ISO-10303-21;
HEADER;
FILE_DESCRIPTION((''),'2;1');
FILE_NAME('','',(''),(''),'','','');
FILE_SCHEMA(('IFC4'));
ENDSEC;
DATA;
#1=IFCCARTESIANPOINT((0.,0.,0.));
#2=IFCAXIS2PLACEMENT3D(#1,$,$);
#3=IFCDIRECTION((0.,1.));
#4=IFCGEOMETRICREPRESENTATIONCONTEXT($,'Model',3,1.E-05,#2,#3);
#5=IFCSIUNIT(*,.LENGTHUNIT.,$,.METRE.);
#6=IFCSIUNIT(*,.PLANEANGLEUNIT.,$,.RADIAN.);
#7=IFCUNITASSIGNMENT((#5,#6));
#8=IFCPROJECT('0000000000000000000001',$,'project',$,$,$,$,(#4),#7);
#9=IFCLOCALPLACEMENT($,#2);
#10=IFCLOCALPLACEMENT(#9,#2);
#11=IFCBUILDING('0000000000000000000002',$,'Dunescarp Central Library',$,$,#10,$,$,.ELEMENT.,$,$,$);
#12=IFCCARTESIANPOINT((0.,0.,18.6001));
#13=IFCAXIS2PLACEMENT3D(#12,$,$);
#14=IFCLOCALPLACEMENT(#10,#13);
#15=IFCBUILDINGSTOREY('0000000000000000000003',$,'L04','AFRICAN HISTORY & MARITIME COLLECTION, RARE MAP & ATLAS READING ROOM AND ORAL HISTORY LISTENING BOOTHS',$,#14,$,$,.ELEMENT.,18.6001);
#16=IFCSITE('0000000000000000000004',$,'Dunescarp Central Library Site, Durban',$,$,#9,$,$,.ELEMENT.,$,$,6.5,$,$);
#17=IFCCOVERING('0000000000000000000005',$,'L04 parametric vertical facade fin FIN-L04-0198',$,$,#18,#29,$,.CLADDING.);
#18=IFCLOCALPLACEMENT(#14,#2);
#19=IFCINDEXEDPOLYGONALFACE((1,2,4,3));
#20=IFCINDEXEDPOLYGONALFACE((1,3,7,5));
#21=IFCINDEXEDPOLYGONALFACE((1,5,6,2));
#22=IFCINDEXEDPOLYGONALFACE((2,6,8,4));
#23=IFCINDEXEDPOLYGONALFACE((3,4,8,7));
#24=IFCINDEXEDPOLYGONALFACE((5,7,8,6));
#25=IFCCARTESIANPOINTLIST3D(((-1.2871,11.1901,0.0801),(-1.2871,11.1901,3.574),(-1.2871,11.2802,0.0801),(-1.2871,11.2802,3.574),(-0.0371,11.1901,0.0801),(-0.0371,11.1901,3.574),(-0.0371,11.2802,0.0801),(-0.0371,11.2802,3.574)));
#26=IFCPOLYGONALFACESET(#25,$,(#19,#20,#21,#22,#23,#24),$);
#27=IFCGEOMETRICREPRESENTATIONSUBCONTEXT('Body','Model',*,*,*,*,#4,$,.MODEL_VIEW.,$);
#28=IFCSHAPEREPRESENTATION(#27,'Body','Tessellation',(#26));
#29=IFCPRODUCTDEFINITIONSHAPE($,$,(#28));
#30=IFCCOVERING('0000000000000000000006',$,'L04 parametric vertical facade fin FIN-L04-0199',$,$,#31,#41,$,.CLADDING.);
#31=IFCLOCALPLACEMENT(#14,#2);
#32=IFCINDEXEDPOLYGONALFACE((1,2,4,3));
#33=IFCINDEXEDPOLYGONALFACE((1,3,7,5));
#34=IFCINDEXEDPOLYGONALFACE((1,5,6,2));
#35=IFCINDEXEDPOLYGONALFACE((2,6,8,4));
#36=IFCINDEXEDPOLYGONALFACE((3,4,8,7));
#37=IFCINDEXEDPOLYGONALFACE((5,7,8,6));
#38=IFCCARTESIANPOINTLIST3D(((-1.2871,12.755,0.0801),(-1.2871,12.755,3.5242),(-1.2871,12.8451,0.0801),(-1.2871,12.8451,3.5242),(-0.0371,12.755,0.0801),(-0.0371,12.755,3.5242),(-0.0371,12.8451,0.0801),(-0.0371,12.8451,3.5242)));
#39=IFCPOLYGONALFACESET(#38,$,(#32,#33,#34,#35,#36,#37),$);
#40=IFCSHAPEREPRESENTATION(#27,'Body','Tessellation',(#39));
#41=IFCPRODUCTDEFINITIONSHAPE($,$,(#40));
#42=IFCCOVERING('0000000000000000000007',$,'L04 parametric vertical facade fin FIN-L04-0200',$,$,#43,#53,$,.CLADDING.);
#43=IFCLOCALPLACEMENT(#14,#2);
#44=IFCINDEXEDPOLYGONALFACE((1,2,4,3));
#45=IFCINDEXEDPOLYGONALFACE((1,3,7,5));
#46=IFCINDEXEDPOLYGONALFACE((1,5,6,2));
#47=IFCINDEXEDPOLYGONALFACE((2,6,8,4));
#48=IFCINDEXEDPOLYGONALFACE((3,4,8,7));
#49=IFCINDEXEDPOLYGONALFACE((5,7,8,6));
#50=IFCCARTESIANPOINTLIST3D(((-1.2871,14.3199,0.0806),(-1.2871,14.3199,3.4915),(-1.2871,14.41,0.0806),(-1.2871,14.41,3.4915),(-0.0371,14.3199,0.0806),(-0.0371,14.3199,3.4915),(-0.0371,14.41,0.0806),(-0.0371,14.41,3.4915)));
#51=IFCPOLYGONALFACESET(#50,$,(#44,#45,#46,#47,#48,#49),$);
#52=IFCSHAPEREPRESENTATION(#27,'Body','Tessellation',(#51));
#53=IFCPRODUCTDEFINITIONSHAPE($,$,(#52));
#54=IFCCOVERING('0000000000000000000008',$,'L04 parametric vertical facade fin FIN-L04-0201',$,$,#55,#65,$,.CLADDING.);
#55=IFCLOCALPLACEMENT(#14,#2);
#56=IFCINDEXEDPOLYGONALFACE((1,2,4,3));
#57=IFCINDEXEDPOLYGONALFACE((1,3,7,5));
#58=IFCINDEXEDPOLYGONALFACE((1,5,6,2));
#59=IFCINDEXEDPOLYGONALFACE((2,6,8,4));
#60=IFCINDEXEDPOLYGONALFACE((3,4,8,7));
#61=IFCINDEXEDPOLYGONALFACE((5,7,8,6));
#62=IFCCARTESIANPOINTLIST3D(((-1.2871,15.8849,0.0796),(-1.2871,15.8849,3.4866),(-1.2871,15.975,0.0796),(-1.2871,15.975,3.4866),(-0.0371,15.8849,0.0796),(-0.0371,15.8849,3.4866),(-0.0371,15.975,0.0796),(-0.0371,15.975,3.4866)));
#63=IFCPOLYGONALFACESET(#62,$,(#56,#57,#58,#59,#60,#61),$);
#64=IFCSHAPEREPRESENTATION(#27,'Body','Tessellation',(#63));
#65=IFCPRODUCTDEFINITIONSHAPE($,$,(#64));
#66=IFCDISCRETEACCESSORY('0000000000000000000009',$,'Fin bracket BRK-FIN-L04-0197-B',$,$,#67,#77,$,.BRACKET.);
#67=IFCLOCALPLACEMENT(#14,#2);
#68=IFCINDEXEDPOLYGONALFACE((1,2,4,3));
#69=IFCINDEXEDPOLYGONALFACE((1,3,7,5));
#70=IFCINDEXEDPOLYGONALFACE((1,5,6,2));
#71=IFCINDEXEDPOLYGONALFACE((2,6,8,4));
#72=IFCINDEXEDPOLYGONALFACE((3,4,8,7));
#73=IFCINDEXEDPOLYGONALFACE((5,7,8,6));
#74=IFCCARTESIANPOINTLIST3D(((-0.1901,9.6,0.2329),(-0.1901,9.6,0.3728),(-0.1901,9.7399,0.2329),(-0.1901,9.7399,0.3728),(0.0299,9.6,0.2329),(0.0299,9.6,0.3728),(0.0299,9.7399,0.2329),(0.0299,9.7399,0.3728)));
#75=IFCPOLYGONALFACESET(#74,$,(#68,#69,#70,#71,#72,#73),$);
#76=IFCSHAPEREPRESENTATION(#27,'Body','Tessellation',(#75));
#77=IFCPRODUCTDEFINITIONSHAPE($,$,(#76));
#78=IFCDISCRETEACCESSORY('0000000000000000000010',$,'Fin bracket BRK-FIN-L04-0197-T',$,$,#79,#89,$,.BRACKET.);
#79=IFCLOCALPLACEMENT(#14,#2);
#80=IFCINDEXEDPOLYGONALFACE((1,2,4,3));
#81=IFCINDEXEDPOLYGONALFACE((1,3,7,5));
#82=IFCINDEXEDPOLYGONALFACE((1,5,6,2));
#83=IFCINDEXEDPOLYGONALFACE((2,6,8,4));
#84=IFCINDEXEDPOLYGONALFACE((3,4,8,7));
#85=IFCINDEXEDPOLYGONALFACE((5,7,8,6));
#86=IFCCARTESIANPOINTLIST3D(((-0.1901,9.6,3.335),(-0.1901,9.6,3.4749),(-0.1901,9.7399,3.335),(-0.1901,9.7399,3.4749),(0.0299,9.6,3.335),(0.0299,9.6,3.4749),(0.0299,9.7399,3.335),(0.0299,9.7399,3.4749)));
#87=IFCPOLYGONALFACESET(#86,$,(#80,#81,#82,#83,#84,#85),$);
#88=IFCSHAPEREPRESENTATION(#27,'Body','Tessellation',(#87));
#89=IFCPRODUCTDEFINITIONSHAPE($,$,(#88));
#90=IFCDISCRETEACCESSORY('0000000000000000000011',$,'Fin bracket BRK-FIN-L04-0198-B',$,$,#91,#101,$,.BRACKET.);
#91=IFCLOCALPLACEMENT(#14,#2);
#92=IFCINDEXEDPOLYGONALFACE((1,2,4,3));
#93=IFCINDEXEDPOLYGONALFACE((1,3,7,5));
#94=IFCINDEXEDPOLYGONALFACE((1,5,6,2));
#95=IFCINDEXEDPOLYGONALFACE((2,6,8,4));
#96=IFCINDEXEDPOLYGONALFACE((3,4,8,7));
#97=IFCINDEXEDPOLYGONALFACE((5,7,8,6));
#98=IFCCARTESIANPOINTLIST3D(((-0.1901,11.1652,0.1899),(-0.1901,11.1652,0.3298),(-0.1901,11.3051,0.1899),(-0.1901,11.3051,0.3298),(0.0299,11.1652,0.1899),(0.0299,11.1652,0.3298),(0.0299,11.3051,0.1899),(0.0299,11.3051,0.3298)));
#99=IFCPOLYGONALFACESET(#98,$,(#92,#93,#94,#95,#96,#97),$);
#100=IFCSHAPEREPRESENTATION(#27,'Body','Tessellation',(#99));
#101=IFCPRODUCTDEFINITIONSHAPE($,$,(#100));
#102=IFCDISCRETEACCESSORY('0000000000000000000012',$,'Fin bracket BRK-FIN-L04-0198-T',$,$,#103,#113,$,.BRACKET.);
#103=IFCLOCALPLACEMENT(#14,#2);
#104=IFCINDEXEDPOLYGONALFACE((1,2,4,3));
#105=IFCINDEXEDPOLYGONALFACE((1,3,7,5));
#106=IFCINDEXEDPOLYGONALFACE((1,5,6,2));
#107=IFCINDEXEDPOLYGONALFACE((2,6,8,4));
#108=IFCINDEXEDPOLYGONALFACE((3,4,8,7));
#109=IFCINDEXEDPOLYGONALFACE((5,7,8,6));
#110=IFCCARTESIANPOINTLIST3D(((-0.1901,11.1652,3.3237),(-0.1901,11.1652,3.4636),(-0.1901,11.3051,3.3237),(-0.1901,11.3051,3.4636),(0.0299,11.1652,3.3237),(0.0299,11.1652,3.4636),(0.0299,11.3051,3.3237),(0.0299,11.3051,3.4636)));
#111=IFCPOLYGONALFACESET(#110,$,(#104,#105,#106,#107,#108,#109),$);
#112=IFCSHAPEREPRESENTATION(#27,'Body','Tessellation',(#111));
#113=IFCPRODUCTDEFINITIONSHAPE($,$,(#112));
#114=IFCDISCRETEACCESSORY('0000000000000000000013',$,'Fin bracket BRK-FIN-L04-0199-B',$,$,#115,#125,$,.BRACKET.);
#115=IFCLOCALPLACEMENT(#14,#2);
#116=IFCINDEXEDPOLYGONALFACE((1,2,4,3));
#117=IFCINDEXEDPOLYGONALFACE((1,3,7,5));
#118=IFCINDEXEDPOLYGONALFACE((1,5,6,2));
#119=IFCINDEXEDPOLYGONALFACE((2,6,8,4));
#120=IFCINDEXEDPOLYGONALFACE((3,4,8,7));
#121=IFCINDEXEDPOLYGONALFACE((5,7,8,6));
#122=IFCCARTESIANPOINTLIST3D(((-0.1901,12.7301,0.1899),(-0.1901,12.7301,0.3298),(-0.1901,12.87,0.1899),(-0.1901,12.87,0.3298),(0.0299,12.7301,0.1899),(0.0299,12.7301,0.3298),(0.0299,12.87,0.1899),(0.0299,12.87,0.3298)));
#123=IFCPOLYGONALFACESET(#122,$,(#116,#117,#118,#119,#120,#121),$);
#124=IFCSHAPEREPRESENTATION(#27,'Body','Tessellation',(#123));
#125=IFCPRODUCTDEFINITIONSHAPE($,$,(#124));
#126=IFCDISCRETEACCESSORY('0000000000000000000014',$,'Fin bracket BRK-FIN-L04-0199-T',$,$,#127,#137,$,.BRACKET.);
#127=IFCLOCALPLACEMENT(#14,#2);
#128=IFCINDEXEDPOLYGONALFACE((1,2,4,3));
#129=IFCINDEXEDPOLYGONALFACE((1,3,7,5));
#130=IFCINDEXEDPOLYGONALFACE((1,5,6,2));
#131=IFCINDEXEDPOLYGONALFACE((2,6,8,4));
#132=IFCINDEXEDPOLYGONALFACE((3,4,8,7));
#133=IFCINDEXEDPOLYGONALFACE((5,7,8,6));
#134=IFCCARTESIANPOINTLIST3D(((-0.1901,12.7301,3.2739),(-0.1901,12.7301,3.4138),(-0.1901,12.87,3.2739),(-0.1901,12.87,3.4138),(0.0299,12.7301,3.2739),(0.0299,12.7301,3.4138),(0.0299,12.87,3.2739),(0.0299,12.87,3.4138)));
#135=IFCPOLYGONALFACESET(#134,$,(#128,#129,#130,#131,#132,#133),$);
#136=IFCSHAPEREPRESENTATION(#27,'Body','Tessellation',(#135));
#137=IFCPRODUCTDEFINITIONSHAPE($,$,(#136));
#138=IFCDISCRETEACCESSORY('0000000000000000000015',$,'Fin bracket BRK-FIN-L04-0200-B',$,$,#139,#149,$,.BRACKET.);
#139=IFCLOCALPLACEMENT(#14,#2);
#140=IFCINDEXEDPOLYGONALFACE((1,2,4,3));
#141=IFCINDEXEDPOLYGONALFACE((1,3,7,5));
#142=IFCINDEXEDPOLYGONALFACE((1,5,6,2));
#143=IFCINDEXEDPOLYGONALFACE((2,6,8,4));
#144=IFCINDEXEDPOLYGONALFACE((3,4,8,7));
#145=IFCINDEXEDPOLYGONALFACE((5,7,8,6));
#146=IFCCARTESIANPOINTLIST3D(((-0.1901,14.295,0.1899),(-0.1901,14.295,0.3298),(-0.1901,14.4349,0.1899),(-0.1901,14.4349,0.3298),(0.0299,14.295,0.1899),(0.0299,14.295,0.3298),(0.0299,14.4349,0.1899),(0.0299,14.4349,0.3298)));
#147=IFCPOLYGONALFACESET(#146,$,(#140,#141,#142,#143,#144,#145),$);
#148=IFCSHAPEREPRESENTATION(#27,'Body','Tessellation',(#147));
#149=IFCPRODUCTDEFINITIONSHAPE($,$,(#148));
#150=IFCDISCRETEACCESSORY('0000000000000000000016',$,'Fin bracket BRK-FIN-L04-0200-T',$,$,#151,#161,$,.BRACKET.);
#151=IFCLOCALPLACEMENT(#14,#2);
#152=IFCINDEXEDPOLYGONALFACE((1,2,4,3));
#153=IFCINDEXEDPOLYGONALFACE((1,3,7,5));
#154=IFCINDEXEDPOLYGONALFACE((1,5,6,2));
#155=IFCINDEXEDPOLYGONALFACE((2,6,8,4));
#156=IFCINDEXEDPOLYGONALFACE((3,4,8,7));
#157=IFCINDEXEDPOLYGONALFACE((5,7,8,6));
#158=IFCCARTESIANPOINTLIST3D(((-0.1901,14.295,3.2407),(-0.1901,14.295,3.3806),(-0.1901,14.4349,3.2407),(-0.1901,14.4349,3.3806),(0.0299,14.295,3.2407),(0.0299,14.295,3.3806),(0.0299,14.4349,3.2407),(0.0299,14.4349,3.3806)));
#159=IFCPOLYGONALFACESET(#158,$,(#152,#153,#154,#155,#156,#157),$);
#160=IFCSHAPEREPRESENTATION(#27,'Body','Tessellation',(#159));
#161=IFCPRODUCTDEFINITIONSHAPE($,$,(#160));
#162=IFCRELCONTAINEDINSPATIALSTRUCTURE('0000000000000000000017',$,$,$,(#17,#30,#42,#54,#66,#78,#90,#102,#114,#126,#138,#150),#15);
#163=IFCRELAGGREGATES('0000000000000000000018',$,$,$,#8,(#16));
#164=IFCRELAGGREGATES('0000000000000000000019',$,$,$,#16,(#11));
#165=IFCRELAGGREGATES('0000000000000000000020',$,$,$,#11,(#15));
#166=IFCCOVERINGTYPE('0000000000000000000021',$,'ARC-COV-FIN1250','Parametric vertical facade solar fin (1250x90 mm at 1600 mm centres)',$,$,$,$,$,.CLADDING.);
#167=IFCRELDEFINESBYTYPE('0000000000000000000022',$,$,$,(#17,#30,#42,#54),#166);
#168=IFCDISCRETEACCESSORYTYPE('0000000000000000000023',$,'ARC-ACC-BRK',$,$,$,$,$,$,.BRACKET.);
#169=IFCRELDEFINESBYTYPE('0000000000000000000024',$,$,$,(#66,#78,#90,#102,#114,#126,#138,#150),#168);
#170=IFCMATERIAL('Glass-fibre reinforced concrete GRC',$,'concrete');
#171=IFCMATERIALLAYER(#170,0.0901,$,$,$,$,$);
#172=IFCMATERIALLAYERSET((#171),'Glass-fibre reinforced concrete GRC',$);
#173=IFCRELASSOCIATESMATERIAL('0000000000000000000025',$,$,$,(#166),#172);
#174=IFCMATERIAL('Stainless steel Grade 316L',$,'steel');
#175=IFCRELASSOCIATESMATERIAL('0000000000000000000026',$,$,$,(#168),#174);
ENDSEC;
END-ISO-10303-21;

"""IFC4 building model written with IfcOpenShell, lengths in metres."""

from ifc_helpers import new_model, si_unit, direction, frame, origin, origin_2d, place, context, subcontext, project, spatial, rectangle, extrude, material, layer, layer_set, type_object, element, save


model = new_model("IFC4")

# Units and contexts
model_context = context("Model", 3, precision=1e-05, world=origin(), true_north=direction((0.0, 1.0)))
body_context = subcontext(model_context, "Body", "Model", "MODEL_VIEW")
ifc_project = project(units=[si_unit("LENGTHUNIT", "METRE"), si_unit("PLANEANGLEUNIT", "RADIAN")], contexts=[model_context])

# Site, building, storey
site_placement = place(None, origin())
site = spatial("IfcSite", under=ifc_project, at=site_placement, Name="Dunescarp Central Library Site, Durban", CompositionType="ELEMENT", RefElevation=6.5)
building_placement = place(site_placement, origin())
building = spatial("IfcBuilding", under=site, at=building_placement, Name="Dunescarp Central Library", CompositionType="ELEMENT")
storey_placement = place(building_placement, frame((0.0, 0.0, 18.6001)))
storey = spatial("IfcBuildingStorey", under=building, at=storey_placement, Name="L04", Description="AFRICAN HISTORY & MARITIME COLLECTION, RARE MAP & ATLAS READING ROOM AND ORAL HISTORY LISTENING BOOTHS", CompositionType="ELEMENT", Elevation=18.6001)

# Coverings
ifc_material_1 = material(Name="Glass-fibre reinforced concrete GRC", Category="concrete")
ifc_layer_1 = layer(ifc_material_1, 0.0901)
ifc_layer_set_1 = layer_set([ifc_layer_1], Name="Glass-fibre reinforced concrete GRC")
covering_type = type_object("IfcCoveringType", Name="ARC-COV-FIN1250", Description="Parametric vertical facade solar fin (1250x90 mm at 1600 mm centres)", PredefinedType="CLADDING", material=ifc_layer_set_1)
covering_1_placement = place(storey_placement, frame((-0.6621, 11.2351, 0.0801), z_axis=(0.0, 0.0, 1.0), x_axis=(-1.0, 0.0, 0.0)))
element("IfcCovering", 1, at=covering_1_placement, inside=storey, type_object=covering_type, Name="L04 parametric vertical facade fin FIN-L04-0198", PredefinedType="CLADDING", context=body_context, shape_type="SweptSolid", body=[
    extrude(rectangle(XDim=1.25, YDim=0.0901, at=origin_2d()), origin(), (0.0, 0.0, 1.0), 3.4939),
])
covering_2_placement = place(storey_placement, frame((-0.6621, 12.8, 0.0801), z_axis=(0.0, 0.0, 1.0), x_axis=(-1.0, 0.0, 0.0)))
element("IfcCovering", 2, at=covering_2_placement, inside=storey, type_object=covering_type, Name="L04 parametric vertical facade fin FIN-L04-0199", PredefinedType="CLADDING", context=body_context, shape_type="SweptSolid", body=[
    extrude(rectangle(XDim=1.25, YDim=0.0901, at=origin_2d()), origin(), (0.0, 0.0, 1.0), 3.4441),
])
covering_3_placement = place(storey_placement, frame((-0.6621, 14.365, 0.0806), z_axis=(0.0, 0.0, 1.0), x_axis=(-1.0, 0.0, 0.0)))
element("IfcCovering", 3, at=covering_3_placement, inside=storey, type_object=covering_type, Name="L04 parametric vertical facade fin FIN-L04-0200", PredefinedType="CLADDING", context=body_context, shape_type="SweptSolid", body=[
    extrude(rectangle(XDim=1.25, YDim=0.0901, at=origin_2d()), origin(), (0.0, 0.0, 1.0), 3.4109),
])
covering_4_placement = place(storey_placement, frame((-0.6621, 15.9299, 0.0796), z_axis=(0.0, 0.0, 1.0), x_axis=(-1.0, 0.0, 0.0)))
element("IfcCovering", 4, at=covering_4_placement, inside=storey, type_object=covering_type, Name="L04 parametric vertical facade fin FIN-L04-0201", PredefinedType="CLADDING", context=body_context, shape_type="SweptSolid", body=[
    extrude(rectangle(XDim=1.25, YDim=0.0901, at=origin_2d()), origin(), (0.0, 0.0, 1.0), 3.407),
])

# Discrete accessories
ifc_material_2 = material(Name="Stainless steel Grade 316L", Category="steel")
discrete_accessory_type = type_object("IfcDiscreteAccessoryType", Name="ARC-ACC-BRK", PredefinedType="BRACKET", material=ifc_material_2)
for number, where, z_axis, x_axis, name in (
    (5, (-0.0801, 9.6699, 0.2329), (0.0, 0.0, 1.0), (-1.0, 0.0, 0.0), "Fin bracket BRK-FIN-L04-0197-B"),
    (6, (-0.0801, 9.6699, 3.335), (0.0, 0.0, 1.0), (-1.0, 0.0, 0.0), "Fin bracket BRK-FIN-L04-0197-T"),
    (7, (-0.0801, 11.2351, 0.1899), (0.0, 0.0, 1.0), (-1.0, 0.0, 0.0), "Fin bracket BRK-FIN-L04-0198-B"),
    (8, (-0.0801, 11.2351, 3.3237), (0.0, 0.0, 1.0), (-1.0, 0.0, 0.0), "Fin bracket BRK-FIN-L04-0198-T"),
    (9, (-0.0801, 12.8, 0.1899), (0.0, 0.0, 1.0), (-1.0, 0.0, 0.0), "Fin bracket BRK-FIN-L04-0199-B"),
    (10, (-0.0801, 12.8, 3.2739), (0.0, 0.0, 1.0), (-1.0, 0.0, 0.0), "Fin bracket BRK-FIN-L04-0199-T"),
    (11, (-0.0801, 14.365, 0.1899), (0.0, 0.0, 1.0), (-1.0, 0.0, 0.0), "Fin bracket BRK-FIN-L04-0200-B"),
    (12, (-0.0801, 14.365, 3.2407), (0.0, 0.0, 1.0), (-1.0, 0.0, 0.0), "Fin bracket BRK-FIN-L04-0200-T"),
):
    element("IfcDiscreteAccessory", number, at=place(storey_placement, frame(where, z_axis=z_axis, x_axis=x_axis)), inside=storey, type_object=discrete_accessory_type, Name=name, PredefinedType="BRACKET", context=body_context, shape_type="SweptSolid", body=[
        extrude(rectangle(XDim=0.22, YDim=0.1399, at=origin_2d()), origin(), (0.0, 0.0, 1.0), 0.1399),
    ])

save(model, "model.ifc")
